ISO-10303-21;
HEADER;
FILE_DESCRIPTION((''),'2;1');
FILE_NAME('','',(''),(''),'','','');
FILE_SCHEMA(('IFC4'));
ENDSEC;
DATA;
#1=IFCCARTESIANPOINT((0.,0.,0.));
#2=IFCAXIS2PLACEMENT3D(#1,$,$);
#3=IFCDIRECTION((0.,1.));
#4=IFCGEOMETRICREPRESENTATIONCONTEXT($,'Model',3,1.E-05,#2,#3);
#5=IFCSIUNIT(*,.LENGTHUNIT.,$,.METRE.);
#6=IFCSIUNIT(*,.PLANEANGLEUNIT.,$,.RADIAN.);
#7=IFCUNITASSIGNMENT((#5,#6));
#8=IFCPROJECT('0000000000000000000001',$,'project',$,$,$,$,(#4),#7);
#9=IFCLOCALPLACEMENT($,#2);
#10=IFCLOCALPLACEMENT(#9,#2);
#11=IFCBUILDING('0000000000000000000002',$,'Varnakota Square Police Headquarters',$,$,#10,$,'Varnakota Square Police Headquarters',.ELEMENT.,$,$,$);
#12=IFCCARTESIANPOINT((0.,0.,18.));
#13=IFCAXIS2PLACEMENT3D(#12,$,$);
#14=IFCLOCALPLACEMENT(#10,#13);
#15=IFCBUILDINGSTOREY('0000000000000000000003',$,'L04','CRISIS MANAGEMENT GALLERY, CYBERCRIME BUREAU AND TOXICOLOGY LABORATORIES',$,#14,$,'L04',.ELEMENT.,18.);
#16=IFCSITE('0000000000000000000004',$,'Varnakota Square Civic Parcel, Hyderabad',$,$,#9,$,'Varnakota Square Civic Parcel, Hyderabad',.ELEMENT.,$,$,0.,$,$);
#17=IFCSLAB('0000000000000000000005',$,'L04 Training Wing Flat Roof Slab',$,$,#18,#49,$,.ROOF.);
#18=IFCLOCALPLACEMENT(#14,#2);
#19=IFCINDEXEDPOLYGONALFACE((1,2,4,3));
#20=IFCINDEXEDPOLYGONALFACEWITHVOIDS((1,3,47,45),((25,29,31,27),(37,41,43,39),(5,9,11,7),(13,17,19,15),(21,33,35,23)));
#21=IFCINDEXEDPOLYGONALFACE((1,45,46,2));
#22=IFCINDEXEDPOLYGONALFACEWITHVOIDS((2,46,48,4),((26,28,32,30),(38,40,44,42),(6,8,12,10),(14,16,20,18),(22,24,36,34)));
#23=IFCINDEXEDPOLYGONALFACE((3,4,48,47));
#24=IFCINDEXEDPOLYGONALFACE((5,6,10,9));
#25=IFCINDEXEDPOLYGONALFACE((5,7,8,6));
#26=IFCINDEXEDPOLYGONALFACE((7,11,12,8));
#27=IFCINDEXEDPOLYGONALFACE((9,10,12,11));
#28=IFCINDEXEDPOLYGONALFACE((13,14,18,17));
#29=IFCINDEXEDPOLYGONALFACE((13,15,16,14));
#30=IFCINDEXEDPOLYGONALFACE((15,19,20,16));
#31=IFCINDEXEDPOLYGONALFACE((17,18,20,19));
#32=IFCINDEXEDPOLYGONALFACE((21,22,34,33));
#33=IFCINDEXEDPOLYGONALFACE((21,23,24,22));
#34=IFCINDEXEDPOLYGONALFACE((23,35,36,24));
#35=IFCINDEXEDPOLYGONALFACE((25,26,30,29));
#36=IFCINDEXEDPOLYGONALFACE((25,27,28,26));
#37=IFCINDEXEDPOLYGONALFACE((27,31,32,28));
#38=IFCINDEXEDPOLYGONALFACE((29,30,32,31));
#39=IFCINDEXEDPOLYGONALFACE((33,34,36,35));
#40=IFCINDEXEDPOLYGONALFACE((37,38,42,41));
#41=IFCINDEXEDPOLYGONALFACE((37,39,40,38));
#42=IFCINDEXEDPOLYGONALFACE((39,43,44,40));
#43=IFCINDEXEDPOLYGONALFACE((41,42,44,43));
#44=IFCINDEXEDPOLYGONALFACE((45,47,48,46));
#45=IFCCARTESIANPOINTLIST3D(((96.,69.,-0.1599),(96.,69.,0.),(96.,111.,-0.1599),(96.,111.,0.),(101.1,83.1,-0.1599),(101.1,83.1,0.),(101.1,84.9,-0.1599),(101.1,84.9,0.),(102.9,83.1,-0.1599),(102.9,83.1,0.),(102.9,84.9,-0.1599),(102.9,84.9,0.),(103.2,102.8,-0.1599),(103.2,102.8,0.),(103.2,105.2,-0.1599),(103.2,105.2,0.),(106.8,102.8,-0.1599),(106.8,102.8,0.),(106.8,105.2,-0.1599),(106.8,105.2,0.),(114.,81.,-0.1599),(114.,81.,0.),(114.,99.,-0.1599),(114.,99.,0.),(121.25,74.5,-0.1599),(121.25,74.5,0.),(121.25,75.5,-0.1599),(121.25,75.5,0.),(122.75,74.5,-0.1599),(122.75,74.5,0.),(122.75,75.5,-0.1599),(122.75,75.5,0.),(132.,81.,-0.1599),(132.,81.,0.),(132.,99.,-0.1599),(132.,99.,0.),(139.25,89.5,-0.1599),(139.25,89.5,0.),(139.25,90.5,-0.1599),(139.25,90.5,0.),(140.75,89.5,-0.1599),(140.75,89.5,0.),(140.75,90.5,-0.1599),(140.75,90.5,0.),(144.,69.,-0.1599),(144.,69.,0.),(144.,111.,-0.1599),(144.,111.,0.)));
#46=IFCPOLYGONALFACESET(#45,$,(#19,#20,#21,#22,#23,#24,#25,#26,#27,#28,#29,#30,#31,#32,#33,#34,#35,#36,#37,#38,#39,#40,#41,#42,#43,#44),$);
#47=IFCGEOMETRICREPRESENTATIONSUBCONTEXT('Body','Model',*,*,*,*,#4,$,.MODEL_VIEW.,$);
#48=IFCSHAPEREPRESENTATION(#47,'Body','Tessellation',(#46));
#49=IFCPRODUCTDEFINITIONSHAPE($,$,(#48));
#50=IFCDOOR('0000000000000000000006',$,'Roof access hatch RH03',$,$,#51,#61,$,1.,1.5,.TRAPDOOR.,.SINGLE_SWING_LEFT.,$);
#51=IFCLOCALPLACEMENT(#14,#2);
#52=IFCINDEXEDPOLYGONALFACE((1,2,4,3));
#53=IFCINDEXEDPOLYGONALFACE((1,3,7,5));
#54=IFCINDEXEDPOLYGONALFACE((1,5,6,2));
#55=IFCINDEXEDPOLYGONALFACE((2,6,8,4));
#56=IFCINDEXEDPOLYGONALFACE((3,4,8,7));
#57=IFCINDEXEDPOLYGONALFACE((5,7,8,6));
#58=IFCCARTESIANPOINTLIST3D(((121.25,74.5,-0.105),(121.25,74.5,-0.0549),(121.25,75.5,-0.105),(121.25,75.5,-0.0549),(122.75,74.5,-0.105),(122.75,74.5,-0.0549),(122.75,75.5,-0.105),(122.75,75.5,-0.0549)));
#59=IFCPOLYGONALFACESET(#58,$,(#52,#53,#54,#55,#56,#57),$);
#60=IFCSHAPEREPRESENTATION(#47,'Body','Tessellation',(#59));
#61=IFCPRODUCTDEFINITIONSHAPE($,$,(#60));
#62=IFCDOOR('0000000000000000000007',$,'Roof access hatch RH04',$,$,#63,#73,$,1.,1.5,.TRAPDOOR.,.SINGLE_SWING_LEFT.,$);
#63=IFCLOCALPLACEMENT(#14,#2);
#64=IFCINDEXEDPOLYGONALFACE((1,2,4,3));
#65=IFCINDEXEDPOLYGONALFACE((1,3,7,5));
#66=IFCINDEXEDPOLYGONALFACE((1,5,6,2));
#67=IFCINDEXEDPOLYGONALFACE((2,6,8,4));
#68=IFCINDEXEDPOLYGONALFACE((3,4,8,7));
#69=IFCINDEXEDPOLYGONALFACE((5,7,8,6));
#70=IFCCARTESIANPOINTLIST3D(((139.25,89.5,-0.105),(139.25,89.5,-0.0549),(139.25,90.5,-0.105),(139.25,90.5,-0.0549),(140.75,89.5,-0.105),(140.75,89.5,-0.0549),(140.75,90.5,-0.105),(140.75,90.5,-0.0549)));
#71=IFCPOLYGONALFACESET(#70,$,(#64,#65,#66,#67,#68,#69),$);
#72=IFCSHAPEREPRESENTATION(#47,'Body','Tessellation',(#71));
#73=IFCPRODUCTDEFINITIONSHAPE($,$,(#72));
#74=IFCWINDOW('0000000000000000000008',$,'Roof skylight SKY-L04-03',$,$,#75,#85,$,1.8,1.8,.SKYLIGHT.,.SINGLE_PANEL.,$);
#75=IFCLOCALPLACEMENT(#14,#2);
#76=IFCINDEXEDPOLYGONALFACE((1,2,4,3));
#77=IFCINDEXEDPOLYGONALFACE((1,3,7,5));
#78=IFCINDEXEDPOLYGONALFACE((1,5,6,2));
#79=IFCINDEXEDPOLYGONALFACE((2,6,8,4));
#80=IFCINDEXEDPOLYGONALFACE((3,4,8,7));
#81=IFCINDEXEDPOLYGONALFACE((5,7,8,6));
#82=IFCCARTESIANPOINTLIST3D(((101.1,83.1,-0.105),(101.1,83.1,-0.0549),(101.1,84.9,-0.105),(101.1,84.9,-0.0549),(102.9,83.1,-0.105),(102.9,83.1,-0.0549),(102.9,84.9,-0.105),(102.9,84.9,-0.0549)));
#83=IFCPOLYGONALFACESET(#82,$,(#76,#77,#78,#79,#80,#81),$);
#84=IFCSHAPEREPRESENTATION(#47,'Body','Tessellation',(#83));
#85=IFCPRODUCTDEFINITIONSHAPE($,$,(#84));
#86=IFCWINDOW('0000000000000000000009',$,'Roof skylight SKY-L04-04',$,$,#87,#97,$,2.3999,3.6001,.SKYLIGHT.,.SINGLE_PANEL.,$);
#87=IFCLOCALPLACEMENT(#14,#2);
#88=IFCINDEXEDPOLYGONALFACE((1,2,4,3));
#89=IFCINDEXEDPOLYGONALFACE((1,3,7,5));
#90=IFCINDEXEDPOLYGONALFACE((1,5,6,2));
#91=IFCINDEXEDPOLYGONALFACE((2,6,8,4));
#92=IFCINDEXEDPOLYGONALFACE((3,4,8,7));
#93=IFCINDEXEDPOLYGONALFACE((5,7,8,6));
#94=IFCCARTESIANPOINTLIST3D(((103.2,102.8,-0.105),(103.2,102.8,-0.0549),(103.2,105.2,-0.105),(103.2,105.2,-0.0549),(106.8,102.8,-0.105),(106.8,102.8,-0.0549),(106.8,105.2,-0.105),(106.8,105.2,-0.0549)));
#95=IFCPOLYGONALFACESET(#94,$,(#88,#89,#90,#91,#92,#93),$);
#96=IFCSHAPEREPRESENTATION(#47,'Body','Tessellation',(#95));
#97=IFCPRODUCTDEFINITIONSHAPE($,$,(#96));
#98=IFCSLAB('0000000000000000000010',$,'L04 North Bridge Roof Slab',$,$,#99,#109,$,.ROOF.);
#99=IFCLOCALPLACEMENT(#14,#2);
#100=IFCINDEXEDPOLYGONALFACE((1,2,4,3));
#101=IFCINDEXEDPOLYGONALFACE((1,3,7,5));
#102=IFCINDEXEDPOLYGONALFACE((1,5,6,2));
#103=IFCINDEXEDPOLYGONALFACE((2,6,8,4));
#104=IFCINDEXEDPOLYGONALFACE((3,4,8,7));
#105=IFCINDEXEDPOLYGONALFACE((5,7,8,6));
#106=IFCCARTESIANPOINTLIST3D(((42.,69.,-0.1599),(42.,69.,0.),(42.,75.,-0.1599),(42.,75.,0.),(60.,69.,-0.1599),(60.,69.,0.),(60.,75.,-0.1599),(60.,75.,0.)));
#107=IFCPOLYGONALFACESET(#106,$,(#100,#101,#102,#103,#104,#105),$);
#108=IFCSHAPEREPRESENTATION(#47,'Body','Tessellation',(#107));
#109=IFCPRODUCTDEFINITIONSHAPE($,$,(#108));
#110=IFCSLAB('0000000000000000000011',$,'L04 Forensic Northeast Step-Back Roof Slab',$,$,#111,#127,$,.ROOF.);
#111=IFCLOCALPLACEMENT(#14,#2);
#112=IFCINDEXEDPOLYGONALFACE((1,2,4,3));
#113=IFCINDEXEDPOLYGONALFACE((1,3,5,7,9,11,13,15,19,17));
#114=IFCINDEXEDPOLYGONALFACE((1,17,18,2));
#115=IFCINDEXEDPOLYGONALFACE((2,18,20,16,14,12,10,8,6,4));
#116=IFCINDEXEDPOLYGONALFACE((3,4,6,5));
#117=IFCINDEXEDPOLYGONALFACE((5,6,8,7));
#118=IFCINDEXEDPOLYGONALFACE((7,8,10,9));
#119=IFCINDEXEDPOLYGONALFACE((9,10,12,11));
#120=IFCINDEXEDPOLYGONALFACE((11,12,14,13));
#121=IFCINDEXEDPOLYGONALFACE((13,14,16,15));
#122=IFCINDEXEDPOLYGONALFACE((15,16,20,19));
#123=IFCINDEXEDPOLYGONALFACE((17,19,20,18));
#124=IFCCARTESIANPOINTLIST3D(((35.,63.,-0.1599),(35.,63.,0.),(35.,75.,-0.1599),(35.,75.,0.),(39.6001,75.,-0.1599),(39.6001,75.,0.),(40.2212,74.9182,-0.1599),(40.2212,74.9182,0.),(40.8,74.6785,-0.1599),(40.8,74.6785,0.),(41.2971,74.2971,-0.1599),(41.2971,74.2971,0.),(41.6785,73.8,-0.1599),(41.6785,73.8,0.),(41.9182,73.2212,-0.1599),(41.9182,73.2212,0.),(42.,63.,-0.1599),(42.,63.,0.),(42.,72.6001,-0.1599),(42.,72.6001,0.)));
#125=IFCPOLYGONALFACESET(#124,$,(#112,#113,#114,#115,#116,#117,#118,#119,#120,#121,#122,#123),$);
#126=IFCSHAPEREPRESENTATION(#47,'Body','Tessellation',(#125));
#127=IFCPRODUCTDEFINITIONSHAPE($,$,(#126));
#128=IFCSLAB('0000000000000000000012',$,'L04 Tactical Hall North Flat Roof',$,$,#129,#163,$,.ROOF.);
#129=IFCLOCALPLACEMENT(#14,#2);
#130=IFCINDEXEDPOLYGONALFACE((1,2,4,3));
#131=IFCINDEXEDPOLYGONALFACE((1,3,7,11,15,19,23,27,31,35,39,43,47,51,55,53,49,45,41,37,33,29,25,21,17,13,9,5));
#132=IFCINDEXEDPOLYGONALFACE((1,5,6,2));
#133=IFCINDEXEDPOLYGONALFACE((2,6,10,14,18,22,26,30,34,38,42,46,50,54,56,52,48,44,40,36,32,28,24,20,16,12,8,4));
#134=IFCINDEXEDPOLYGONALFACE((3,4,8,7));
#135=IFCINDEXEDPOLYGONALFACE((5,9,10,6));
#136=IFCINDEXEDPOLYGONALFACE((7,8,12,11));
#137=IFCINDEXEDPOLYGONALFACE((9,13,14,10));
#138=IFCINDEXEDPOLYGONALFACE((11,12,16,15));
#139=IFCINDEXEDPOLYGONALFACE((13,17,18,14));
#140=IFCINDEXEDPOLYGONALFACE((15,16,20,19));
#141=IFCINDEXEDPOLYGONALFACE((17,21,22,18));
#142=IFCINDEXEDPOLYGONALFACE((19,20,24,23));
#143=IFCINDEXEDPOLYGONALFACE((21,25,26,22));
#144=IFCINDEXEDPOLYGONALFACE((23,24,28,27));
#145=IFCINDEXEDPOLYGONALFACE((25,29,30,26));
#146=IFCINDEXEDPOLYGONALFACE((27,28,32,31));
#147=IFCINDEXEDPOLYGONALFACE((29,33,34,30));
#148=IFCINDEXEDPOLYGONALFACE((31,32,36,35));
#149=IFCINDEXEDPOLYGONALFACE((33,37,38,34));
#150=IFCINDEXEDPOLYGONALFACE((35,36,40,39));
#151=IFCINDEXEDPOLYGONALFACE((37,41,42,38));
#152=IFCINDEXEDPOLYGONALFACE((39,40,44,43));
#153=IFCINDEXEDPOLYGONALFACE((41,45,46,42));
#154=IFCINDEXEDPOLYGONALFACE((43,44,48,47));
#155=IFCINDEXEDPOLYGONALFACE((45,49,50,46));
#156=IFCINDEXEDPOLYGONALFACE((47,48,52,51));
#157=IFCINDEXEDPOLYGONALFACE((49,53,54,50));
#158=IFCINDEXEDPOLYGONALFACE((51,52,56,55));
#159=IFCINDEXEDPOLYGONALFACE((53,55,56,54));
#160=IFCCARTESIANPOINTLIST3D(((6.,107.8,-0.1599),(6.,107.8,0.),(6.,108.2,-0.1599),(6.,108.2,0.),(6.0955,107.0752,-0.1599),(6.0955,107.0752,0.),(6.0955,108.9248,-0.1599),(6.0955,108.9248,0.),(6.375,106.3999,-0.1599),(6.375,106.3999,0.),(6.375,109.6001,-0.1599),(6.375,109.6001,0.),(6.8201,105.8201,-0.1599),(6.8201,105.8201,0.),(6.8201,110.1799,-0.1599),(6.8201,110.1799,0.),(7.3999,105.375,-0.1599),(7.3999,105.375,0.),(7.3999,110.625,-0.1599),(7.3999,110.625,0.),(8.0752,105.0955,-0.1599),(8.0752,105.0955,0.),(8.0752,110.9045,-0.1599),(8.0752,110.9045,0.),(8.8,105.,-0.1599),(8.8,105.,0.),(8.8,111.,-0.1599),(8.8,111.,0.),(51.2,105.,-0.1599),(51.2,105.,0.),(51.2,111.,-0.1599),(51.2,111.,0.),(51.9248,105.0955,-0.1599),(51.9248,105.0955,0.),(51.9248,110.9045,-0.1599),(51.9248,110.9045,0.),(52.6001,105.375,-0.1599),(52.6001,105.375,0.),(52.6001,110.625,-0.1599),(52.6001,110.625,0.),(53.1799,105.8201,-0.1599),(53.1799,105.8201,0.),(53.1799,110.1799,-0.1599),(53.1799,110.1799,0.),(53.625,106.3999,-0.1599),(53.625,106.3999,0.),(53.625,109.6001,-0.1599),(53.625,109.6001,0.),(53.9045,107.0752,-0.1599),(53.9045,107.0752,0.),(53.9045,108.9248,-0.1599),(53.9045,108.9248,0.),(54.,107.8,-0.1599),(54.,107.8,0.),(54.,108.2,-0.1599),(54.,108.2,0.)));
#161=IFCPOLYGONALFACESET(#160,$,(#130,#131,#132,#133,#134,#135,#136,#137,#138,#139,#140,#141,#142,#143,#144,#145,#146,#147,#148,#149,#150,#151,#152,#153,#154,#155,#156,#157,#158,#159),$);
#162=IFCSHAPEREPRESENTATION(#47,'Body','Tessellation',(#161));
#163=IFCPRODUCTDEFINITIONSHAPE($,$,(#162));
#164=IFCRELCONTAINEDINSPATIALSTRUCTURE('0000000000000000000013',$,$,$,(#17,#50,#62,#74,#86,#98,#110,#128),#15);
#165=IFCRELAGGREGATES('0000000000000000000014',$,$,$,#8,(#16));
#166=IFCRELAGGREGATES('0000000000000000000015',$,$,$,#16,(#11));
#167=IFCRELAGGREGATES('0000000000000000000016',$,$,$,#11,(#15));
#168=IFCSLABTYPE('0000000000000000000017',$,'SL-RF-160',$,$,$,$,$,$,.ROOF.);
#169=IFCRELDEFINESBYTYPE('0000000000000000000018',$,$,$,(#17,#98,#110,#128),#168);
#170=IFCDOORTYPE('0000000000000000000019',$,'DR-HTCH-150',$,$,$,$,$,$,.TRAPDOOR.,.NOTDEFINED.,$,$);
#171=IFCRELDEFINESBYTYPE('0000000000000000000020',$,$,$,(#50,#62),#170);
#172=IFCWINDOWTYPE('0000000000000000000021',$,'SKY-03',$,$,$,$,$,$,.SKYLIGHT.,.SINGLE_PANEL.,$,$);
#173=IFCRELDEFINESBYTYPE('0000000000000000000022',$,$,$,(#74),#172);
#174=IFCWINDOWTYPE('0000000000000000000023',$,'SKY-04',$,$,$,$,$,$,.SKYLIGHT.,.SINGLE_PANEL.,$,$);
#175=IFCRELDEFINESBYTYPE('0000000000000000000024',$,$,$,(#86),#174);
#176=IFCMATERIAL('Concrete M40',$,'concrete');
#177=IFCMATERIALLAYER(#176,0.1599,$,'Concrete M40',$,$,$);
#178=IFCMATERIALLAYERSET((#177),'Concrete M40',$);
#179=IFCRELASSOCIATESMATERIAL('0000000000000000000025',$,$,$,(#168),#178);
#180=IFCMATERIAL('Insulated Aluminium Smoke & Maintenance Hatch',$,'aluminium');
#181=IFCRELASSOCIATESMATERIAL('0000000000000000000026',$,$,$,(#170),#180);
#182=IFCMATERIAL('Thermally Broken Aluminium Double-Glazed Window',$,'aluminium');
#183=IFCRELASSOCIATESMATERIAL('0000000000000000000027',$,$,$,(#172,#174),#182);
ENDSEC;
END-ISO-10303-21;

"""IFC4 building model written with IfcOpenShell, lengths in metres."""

from ifc_helpers import new_model, si_unit, direction, frame, origin, origin_2d, place, context, subcontext, project, spatial, polyline, rectangle, outline, extrude, material, layer, layer_set, type_object, element, fill, save


model = new_model("IFC4")

# Units and contexts
model_context = context("Model", 3, precision=1e-05, world=origin(), true_north=direction((0.0, 1.0)))
body_context = subcontext(model_context, "Body", "Model", "MODEL_VIEW")
ifc_project = project(units=[si_unit("LENGTHUNIT", "METRE"), si_unit("PLANEANGLEUNIT", "RADIAN")], contexts=[model_context])

# Site, building, storey
site_placement = place(None, origin())
site = spatial("IfcSite", under=ifc_project, at=site_placement, Name="Varnakota Square Civic Parcel, Hyderabad", LongName="Varnakota Square Civic Parcel, Hyderabad", CompositionType="ELEMENT", RefElevation=0.0)
building_placement = place(site_placement, origin())
building = spatial("IfcBuilding", under=site, at=building_placement, Name="Varnakota Square Police Headquarters", LongName="Varnakota Square Police Headquarters", CompositionType="ELEMENT")
storey_placement = place(building_placement, frame((0.0, 0.0, 18.0)))
storey = spatial("IfcBuildingStorey", under=building, at=storey_placement, Name="L04", Description="CRISIS MANAGEMENT GALLERY, CYBERCRIME BUREAU AND TOXICOLOGY LABORATORIES", LongName="L04", CompositionType="ELEMENT", Elevation=18.0)

# Shared definitions
ifc_material_1 = material(Name="Concrete M40", Category="concrete")

# Slab, openings, doors, windows
ifc_layer_1 = layer(ifc_material_1, 0.1599, Name="Concrete M40")
ifc_layer_set_1 = layer_set([ifc_layer_1], Name="Concrete M40")
slab_type_1 = type_object("IfcSlabType", Name="SL-RF-160", PredefinedType="ROOF", material=ifc_layer_set_1)
slab_1_placement = place(storey_placement, frame((0.0, 0.0, -0.1599)))
slab_1 = element("IfcSlab", 1, at=slab_1_placement, inside=storey, type_object=slab_type_1, Name="L04 Training Wing Flat Roof Slab", PredefinedType="ROOF", context=body_context, shape_type="SweptSolid", body=[
    extrude(outline(polyline([(96.0, 69.0), (144.0, 69.0), (144.0, 111.0), (96.0, 111.0), (96.0, 69.0)]), holes=[polyline([(114.0, 81.0), (132.0, 81.0), (132.0, 99.0), (114.0, 99.0), (114.0, 81.0)])]), origin(), (0.0, 0.0, 1.0), 0.1599),
])
opening_1_placement = place(slab_1_placement, frame((102.0, 84.0, -0.01)))
opening_1 = element("IfcOpeningElement", 2, at=opening_1_placement, cuts=slab_1, PredefinedType="OPENING", context=body_context, shape_type="SweptSolid", body=[
    extrude(rectangle(XDim=1.8, YDim=1.8, at=origin_2d()), origin(), (0.0, 0.0, 1.0), 0.1799),
])
opening_2_placement = place(slab_1_placement, frame((105.0, 104.0, -0.01)))
opening_2 = element("IfcOpeningElement", 3, at=opening_2_placement, cuts=slab_1, PredefinedType="OPENING", context=body_context, shape_type="SweptSolid", body=[
    extrude(rectangle(XDim=3.6001, YDim=2.3999, at=origin_2d()), origin(), (0.0, 0.0, 1.0), 0.1799),
])
opening_3_placement = place(slab_1_placement, frame((122.0, 75.0, -0.01)))
opening_3 = element("IfcOpeningElement", 4, at=opening_3_placement, cuts=slab_1, PredefinedType="OPENING", context=body_context, shape_type="SweptSolid", body=[
    extrude(rectangle(XDim=1.5, YDim=1.0, at=origin_2d()), origin(), (0.0, 0.0, 1.0), 0.1799),
])
opening_4_placement = place(slab_1_placement, frame((140.0, 90.0, -0.01)))
opening_4 = element("IfcOpeningElement", 5, at=opening_4_placement, cuts=slab_1, PredefinedType="OPENING", context=body_context, shape_type="SweptSolid", body=[
    extrude(rectangle(XDim=1.5, YDim=1.0, at=origin_2d()), origin(), (0.0, 0.0, 1.0), 0.1799),
])
ifc_material_2 = material(Name="Insulated Aluminium Smoke & Maintenance Hatch", Category="aluminium")
door_type = type_object("IfcDoorType", Name="DR-HTCH-150", OperationType="NOTDEFINED", PredefinedType="TRAPDOOR", material=ifc_material_2)
door_1_placement = place(opening_3_placement, frame((0.0, 0.0, 0.0649)))
door_1 = element("IfcDoor", 6, at=door_1_placement, inside=storey, type_object=door_type, Name="Roof access hatch RH03", OperationType="SINGLE_SWING_LEFT", OverallHeight=1.0, OverallWidth=1.5, PredefinedType="TRAPDOOR", context=body_context, shape_type="SweptSolid", body=[
    extrude(rectangle(XDim=1.5, YDim=1.0, at=origin_2d()), origin(), (0.0, 0.0, 1.0), 0.05),
])
fill(opening_3, door_1)
door_2_placement = place(opening_4_placement, frame((0.0, 0.0, 0.0649)))
door_2 = element("IfcDoor", 7, at=door_2_placement, inside=storey, type_object=door_type, Name="Roof access hatch RH04", OperationType="SINGLE_SWING_LEFT", OverallHeight=1.0, OverallWidth=1.5, PredefinedType="TRAPDOOR", context=body_context, shape_type="SweptSolid", body=[
    extrude(rectangle(XDim=1.5, YDim=1.0, at=origin_2d()), origin(), (0.0, 0.0, 1.0), 0.05),
])
fill(opening_4, door_2)
ifc_material_3 = material(Name="Thermally Broken Aluminium Double-Glazed Window", Category="aluminium")
window_type_1 = type_object("IfcWindowType", Name="SKY-03", PartitioningType="SINGLE_PANEL", PredefinedType="SKYLIGHT", material=ifc_material_3)
window_1_placement = place(opening_1_placement, frame((0.0, 0.0, 0.0649)))
window_1 = element("IfcWindow", 8, at=window_1_placement, inside=storey, type_object=window_type_1, Name="Roof skylight SKY-L04-03", OverallHeight=1.8, OverallWidth=1.8, PartitioningType="SINGLE_PANEL", PredefinedType="SKYLIGHT", context=body_context, shape_type="SweptSolid", body=[
    extrude(rectangle(XDim=1.8, YDim=1.8, at=origin_2d()), origin(), (0.0, 0.0, 1.0), 0.05),
])
fill(opening_1, window_1)
window_type_2 = type_object("IfcWindowType", Name="SKY-04", PartitioningType="SINGLE_PANEL", PredefinedType="SKYLIGHT", material=ifc_material_3)
window_2_placement = place(opening_2_placement, frame((0.0, 0.0, 0.0649)))
window_2 = element("IfcWindow", 9, at=window_2_placement, inside=storey, type_object=window_type_2, Name="Roof skylight SKY-L04-04", OverallHeight=2.3999, OverallWidth=3.6001, PartitioningType="SINGLE_PANEL", PredefinedType="SKYLIGHT", context=body_context, shape_type="SweptSolid", body=[
    extrude(rectangle(XDim=3.6001, YDim=2.3999, at=origin_2d()), origin(), (0.0, 0.0, 1.0), 0.05),
])
fill(opening_2, window_2)

# Slabs
slab_2_placement = place(storey_placement, frame((0.0, 0.0, -0.1599)))
element("IfcSlab", 10, at=slab_2_placement, inside=storey, type_object=slab_type_1, Name="L04 North Bridge Roof Slab", PredefinedType="ROOF", context=body_context, shape_type="SweptSolid", body=[
    extrude(outline(polyline([(42.0, 69.0), (60.0, 69.0), (60.0, 75.0), (42.0, 75.0), (42.0, 69.0)])), origin(), (0.0, 0.0, 1.0), 0.1599),
])
slab_3_placement = place(storey_placement, frame((0.0, 0.0, -0.1599)))
element("IfcSlab", 11, at=slab_3_placement, inside=storey, type_object=slab_type_1, Name="L04 Forensic Northeast Step-Back Roof Slab", PredefinedType="ROOF", context=body_context, shape_type="SweptSolid", body=[
    extrude(outline(polyline([(35.0, 63.0), (42.0, 63.0), (42.0, 72.6001), (41.9182, 73.2212), (41.6785, 73.8), (41.2971, 74.2971), (40.8, 74.6785), (40.2212, 74.9182), (39.6001, 75.0), (35.0, 75.0), (35.0, 63.0)])), origin(), (0.0, 0.0, 1.0), 0.1599),
])
slab_4_placement = place(storey_placement, frame((0.0, 0.0, -0.1599)))
element("IfcSlab", 12, at=slab_4_placement, inside=storey, type_object=slab_type_1, Name="L04 Tactical Hall North Flat Roof", PredefinedType="ROOF", context=body_context, shape_type="SweptSolid", body=[
    extrude(outline(polyline([(6.0, 107.8), (6.0955, 107.0752), (6.375, 106.3999), (6.8201, 105.8201), (7.3999, 105.375), (8.0752, 105.0955), (8.8, 105.0), (51.2, 105.0), (51.9248, 105.0955), (52.6001, 105.375), (53.1799, 105.8201), (53.625, 106.3999), (53.9045, 107.0752), (54.0, 107.8), (54.0, 108.2), (53.9045, 108.9248), (53.625, 109.6001), (53.1799, 110.1799), (52.6001, 110.625), (51.9248, 110.9045), (51.2, 111.0), (8.8, 111.0), (8.0752, 110.9045), (7.3999, 110.625), (6.8201, 110.1799), (6.375, 109.6001), (6.0955, 108.9248), (6.0, 108.2), (6.0, 107.8)])), origin(), (0.0, 0.0, 1.0), 0.1599),
])

save(model, "model.ifc")
